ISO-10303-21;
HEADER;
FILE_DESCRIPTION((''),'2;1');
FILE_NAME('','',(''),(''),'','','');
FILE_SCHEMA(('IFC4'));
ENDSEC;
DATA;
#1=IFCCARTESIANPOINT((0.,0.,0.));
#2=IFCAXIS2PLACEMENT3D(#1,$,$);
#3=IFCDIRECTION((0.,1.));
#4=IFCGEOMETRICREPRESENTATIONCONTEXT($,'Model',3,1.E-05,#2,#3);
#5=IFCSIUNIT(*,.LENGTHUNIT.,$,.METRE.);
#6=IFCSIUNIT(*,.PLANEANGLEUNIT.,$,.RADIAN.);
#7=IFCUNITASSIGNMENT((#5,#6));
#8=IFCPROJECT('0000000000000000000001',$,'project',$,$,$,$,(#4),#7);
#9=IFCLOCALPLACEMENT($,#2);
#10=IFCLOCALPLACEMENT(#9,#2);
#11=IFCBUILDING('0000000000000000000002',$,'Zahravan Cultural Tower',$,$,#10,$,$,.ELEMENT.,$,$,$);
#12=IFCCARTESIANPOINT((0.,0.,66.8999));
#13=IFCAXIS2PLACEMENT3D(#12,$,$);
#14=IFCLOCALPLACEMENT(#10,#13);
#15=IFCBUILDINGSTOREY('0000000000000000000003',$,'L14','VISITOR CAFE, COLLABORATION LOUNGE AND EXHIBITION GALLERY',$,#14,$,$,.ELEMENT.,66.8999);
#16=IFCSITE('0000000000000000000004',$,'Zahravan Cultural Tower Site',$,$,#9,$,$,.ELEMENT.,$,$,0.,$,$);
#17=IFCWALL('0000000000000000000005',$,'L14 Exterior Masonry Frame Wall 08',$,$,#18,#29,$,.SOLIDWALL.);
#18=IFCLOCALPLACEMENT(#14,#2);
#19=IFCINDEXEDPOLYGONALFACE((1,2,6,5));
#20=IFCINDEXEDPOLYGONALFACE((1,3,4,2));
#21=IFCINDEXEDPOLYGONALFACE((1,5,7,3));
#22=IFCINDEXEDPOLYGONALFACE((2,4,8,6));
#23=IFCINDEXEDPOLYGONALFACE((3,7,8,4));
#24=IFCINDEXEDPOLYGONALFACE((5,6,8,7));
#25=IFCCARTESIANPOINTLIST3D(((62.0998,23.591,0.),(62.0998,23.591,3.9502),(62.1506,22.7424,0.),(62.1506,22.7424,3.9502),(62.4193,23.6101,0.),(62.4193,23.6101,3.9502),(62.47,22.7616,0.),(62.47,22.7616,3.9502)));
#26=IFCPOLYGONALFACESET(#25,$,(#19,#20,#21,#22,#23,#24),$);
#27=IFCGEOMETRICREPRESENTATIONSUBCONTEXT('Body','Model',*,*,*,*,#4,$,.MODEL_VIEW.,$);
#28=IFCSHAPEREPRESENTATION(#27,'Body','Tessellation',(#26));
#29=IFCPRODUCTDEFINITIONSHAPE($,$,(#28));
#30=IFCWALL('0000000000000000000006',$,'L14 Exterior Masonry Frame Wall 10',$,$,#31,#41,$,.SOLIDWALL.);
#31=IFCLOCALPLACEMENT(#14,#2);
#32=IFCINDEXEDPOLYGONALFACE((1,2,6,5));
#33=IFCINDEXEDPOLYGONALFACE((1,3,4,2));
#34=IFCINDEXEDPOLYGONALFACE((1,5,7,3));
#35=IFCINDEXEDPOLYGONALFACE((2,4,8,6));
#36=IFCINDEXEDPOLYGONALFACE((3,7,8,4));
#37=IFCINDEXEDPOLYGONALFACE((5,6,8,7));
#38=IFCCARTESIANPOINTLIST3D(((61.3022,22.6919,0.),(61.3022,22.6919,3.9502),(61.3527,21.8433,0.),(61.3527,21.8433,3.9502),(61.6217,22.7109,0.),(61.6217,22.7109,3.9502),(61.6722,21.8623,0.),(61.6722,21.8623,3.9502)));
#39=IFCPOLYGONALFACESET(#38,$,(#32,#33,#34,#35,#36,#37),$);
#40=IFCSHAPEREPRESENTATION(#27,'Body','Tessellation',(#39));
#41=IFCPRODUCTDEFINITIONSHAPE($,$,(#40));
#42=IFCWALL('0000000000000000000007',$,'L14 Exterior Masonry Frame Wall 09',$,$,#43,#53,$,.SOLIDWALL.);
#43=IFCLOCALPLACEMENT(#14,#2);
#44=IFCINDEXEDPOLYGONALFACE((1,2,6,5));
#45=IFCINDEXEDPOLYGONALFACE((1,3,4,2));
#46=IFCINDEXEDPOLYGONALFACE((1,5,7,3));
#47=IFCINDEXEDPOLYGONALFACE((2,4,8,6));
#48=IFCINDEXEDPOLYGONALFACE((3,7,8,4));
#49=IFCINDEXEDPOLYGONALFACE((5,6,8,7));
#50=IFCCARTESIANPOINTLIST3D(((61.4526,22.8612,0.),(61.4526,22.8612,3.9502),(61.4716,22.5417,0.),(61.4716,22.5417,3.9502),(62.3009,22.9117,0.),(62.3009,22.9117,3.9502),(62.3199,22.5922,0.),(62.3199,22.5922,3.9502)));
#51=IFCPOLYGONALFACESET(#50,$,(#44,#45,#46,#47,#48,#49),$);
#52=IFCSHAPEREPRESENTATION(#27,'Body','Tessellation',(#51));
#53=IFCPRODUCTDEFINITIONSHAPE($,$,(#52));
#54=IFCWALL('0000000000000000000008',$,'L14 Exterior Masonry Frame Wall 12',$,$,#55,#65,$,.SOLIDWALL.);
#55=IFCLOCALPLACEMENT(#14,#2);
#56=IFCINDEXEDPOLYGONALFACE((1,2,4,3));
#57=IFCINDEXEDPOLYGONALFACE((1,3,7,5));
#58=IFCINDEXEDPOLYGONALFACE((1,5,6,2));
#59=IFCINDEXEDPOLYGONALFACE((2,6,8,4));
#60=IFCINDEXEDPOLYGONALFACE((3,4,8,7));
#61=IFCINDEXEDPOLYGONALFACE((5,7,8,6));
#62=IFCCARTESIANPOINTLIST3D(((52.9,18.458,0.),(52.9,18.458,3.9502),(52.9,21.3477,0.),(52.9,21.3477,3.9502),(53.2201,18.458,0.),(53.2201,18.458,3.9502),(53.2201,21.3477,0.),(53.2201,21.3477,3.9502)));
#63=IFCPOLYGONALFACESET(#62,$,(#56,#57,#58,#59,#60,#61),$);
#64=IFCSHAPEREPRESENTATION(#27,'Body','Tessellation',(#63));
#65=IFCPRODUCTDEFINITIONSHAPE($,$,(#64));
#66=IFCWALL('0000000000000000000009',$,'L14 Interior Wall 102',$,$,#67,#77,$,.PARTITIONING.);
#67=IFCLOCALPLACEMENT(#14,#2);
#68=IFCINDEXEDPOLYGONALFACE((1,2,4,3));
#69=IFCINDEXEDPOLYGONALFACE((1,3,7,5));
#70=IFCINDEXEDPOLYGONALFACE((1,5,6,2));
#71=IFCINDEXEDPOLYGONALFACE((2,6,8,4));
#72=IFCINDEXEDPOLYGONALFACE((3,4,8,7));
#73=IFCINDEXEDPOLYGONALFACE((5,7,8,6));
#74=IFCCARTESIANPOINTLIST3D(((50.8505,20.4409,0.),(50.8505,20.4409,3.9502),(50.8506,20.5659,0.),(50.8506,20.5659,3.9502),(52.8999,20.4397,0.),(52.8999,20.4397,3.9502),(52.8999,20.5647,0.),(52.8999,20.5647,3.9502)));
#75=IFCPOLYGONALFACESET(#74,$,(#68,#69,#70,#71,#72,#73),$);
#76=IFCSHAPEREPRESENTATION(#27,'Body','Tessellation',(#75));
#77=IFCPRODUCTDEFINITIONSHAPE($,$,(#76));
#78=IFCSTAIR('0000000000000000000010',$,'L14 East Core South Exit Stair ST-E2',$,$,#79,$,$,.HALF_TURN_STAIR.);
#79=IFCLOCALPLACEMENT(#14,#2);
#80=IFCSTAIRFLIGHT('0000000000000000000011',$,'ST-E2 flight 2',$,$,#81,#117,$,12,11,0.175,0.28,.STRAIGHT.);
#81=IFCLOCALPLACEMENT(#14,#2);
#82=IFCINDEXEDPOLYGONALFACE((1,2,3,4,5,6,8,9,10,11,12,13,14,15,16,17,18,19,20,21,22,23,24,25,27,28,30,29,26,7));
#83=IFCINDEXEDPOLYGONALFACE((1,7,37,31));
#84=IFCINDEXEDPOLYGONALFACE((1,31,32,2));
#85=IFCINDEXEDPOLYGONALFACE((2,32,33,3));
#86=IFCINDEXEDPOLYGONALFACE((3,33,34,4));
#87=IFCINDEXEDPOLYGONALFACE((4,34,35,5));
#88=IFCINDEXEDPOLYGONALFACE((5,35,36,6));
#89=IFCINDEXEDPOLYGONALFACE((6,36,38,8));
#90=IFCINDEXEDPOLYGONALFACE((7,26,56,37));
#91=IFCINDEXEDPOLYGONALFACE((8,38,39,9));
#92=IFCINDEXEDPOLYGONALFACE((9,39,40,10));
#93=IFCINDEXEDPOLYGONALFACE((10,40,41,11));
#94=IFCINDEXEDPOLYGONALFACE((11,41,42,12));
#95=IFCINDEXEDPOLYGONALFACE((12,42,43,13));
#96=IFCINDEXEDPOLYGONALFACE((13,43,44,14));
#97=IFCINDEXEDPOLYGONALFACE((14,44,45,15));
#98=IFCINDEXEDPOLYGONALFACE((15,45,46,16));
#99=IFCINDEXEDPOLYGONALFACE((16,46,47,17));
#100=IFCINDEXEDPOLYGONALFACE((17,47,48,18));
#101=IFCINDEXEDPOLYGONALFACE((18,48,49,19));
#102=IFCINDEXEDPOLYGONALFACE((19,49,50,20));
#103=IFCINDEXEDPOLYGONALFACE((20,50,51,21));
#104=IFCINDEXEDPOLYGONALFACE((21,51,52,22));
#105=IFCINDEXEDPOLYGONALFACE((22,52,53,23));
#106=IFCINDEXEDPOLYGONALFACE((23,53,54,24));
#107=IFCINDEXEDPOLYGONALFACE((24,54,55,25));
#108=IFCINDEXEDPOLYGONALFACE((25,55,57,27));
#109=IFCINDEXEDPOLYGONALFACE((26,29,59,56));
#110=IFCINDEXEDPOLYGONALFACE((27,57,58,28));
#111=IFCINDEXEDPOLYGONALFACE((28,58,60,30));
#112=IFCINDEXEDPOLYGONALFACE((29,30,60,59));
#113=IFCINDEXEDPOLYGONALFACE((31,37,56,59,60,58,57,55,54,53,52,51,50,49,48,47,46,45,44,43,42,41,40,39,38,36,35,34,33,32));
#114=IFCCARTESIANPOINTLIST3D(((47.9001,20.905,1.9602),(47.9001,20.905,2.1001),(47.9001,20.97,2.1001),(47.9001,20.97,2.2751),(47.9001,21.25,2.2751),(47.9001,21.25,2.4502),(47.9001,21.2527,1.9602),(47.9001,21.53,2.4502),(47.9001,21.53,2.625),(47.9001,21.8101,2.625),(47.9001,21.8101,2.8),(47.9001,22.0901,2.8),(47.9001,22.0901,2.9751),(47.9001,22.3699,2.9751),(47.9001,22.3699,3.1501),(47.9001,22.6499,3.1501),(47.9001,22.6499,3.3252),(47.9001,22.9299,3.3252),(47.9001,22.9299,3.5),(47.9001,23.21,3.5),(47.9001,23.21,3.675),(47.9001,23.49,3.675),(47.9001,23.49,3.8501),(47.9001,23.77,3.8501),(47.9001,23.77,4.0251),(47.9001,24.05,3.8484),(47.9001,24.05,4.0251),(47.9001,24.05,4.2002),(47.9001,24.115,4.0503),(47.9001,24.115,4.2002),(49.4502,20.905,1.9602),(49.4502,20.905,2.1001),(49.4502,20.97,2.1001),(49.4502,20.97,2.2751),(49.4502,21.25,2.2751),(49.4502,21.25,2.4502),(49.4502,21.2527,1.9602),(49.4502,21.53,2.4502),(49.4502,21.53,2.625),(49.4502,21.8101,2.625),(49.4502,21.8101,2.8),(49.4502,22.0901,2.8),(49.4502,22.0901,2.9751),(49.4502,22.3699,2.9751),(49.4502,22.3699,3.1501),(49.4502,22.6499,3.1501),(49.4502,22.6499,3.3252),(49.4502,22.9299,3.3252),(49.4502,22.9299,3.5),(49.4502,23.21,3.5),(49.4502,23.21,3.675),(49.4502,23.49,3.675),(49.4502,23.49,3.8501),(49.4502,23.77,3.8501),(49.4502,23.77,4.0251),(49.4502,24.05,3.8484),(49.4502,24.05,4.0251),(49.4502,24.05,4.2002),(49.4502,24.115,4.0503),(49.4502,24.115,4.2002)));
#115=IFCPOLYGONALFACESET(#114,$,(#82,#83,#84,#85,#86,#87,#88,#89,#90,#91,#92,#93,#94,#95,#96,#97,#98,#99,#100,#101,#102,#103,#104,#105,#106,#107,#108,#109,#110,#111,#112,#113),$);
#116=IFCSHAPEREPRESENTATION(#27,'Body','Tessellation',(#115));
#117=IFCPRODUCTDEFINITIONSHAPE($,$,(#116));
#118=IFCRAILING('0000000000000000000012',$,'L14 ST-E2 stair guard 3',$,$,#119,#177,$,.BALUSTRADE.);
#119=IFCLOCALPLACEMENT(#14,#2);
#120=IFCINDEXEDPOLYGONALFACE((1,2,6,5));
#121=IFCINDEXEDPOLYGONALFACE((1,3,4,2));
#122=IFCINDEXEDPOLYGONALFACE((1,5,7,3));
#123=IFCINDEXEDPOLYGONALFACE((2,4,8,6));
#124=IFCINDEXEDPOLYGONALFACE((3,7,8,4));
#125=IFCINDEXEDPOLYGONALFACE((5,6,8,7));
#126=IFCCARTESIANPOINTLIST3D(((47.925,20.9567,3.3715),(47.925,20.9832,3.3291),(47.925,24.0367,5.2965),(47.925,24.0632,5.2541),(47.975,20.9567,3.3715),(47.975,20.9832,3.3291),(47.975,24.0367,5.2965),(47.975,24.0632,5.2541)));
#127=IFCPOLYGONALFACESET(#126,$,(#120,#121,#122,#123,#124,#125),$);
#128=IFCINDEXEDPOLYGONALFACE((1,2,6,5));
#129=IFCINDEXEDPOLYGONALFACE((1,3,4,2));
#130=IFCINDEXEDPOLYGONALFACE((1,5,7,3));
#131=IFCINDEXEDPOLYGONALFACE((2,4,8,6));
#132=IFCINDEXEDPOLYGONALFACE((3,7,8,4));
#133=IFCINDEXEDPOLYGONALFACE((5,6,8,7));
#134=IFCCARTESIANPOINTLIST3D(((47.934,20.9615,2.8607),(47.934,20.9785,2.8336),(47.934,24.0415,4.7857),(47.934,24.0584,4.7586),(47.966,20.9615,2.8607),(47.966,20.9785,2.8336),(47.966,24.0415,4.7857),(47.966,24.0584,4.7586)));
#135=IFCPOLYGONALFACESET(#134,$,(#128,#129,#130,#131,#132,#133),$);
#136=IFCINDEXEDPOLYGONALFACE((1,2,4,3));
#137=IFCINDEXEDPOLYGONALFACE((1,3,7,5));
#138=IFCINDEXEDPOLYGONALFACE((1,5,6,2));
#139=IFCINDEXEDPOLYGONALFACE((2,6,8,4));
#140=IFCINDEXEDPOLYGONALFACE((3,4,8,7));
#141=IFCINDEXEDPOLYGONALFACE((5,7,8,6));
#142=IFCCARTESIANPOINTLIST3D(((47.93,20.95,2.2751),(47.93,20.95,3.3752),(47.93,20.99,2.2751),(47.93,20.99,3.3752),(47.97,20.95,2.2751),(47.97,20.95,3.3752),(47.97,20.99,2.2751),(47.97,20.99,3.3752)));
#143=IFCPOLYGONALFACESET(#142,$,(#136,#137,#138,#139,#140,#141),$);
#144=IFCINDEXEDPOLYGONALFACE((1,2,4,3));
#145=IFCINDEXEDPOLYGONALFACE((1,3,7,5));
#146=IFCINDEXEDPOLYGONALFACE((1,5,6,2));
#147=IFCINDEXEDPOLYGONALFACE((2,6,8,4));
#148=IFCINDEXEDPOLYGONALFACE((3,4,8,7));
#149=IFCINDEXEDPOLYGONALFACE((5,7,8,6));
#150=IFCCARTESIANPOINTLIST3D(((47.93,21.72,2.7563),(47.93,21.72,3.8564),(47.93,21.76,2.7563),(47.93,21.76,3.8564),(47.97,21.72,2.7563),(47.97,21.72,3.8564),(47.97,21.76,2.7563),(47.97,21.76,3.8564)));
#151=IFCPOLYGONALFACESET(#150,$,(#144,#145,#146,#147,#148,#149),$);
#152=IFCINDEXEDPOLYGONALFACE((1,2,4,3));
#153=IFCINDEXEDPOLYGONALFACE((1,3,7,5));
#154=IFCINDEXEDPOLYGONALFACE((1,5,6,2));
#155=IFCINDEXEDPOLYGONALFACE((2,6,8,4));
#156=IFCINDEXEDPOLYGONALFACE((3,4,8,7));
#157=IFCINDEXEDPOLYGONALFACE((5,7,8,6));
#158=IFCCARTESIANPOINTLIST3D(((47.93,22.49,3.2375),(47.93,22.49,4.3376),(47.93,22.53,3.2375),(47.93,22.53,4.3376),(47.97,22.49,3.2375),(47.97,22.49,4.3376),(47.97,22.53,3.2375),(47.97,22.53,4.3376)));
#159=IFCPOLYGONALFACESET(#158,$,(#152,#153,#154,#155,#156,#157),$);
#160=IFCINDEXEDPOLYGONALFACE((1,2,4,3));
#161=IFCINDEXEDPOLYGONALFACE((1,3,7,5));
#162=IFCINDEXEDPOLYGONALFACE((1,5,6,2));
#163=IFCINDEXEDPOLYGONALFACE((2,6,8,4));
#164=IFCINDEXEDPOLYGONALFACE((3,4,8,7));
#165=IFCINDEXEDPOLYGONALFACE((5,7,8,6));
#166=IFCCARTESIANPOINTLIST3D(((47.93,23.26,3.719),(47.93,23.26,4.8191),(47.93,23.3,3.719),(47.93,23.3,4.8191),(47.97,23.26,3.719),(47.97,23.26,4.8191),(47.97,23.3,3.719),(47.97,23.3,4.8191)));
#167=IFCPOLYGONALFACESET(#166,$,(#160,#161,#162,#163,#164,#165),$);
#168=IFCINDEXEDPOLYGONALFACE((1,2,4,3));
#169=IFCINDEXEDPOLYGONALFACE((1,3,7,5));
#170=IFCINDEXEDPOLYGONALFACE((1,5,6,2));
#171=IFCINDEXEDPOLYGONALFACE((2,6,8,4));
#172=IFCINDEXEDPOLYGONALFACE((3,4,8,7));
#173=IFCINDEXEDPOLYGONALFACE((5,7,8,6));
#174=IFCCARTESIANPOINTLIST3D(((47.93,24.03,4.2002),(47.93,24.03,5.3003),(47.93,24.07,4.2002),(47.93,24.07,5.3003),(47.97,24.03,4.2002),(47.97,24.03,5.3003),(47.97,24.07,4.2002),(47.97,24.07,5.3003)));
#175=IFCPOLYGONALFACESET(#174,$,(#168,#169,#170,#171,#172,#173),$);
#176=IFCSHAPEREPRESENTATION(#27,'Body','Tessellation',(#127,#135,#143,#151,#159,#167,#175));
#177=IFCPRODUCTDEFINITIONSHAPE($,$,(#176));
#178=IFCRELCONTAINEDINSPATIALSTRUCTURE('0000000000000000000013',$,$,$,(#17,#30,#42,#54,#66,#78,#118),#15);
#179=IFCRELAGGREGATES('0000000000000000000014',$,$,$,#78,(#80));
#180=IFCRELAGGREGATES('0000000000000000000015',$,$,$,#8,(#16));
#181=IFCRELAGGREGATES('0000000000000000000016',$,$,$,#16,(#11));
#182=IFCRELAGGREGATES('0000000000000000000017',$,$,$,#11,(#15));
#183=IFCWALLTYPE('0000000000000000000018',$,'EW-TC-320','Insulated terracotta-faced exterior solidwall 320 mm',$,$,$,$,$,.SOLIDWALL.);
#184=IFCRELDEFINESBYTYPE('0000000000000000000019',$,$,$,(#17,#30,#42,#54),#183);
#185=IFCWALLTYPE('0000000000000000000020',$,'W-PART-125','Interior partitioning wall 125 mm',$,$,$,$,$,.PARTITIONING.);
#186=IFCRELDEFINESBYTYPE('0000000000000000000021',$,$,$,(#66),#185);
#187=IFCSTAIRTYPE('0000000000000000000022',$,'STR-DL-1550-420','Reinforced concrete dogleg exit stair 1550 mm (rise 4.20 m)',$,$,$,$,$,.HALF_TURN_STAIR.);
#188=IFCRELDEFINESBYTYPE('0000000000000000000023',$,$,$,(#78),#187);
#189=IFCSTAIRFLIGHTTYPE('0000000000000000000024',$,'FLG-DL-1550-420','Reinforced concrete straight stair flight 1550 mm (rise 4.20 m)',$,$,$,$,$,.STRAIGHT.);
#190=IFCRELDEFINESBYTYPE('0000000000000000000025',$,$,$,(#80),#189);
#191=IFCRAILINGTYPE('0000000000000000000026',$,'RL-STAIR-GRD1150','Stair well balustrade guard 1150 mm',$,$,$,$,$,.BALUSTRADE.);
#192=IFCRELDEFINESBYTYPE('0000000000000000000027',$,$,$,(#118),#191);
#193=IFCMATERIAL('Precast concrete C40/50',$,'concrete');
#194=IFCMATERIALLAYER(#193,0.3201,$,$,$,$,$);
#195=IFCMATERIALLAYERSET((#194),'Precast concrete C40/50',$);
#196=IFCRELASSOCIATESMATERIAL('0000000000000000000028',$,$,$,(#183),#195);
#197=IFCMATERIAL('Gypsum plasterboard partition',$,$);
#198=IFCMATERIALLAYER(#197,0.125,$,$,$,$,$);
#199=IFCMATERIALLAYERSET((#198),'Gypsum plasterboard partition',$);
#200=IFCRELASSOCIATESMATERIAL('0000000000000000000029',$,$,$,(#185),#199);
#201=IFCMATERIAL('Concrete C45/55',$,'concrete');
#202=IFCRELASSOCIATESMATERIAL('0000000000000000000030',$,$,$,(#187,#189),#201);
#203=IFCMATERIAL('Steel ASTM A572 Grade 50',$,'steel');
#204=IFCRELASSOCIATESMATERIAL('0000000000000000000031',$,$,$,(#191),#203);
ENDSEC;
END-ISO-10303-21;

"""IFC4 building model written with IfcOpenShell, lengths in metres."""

from ifc_helpers import new_model, si_unit, direction, frame, frame_2d, origin, origin_2d, place, context, subcontext, project, spatial, polyline, rectangle, outline, extrude, source, transform, mapped, material, layer, layer_set, type_object, element, aggregate, save


model = new_model("IFC4")

# Units and contexts
model_context = context("Model", 3, precision=1e-05, world=origin(), true_north=direction((0.0, 1.0)))
body_context = subcontext(model_context, "Body", "Model", "MODEL_VIEW")
ifc_project = project(units=[si_unit("LENGTHUNIT", "METRE"), si_unit("PLANEANGLEUNIT", "RADIAN")], contexts=[model_context])

# Site, building, storey
site_placement = place(None, origin())
site = spatial("IfcSite", under=ifc_project, at=site_placement, Name="Zahravan Cultural Tower Site", CompositionType="ELEMENT", RefElevation=0.0)
building_placement = place(site_placement, origin())
building = spatial("IfcBuilding", under=site, at=building_placement, Name="Zahravan Cultural Tower", CompositionType="ELEMENT")
storey_placement = place(building_placement, frame((0.0, 0.0, 66.8999)))
storey = spatial("IfcBuildingStorey", under=building, at=storey_placement, Name="L14", Description="VISITOR CAFE, COLLABORATION LOUNGE AND EXHIBITION GALLERY", CompositionType="ELEMENT", Elevation=66.8999)

# Shared definitions
ifc_material_1 = material(Name="Steel ASTM A572 Grade 50", Category="steel")

# Shared definitions
ifc_material_2 = material(Name="Precast concrete C40/50", Category="concrete")
ifc_layer_1 = layer(ifc_material_2, 0.3201)
ifc_layer_set_1 = layer_set([ifc_layer_1], Name="Precast concrete C40/50")
wall_type_1 = type_object("IfcWallType", Name="EW-TC-320", Description="Insulated terracotta-faced exterior solidwall 320 mm", PredefinedType="SOLIDWALL", material=ifc_layer_set_1)

# Shared definitions
ifc_material_3 = material(Name="Gypsum plasterboard partition")
ifc_layer_2 = layer(ifc_material_3, 0.125)
ifc_layer_set_2 = layer_set([ifc_layer_2], Name="Gypsum plasterboard partition")
wall_type_2 = type_object("IfcWallType", Name="W-PART-125", Description="Interior partitioning wall 125 mm", PredefinedType="PARTITIONING", material=ifc_layer_set_2)

# Walls
shared_shape_1 = source(origin(), body_context, "Body", "SweptSolid", [
    extrude(rectangle(XDim=0.8501, YDim=0.3201, at=frame_2d((0.425, 0.0))), origin(), (0.0, 0.0, 1.0), 3.9502),
])
for number, where, z_axis, x_axis, name in (
    (1, (62.2595, 23.6006, 0.0), (0.0, 0.0, 1.0), (0.059732, -0.998214, 0.0), "L14 Exterior Masonry Frame Wall 08"),
    (2, (61.4619, 22.7014, 0.0), (0.0, 0.0, 1.0), (0.059446, -0.998232, 0.0), "L14 Exterior Masonry Frame Wall 10"),
):
    element("IfcWall", number, at=place(storey_placement, frame(where, z_axis=z_axis, x_axis=x_axis)), inside=storey, type_object=wall_type_1, Name=name, PredefinedType="SOLIDWALL", context=body_context, shape_type="MappedRepresentation", body=[
        mapped(shared_shape_1, transform((0.0, 0.0, 0.0), x_axis=(1.0, 0.0, 0.0), y_axis=(0.0, 1.0, 0.0), z_axis=(0.0, 0.0, 1.0), scale=1.0)),
    ])
shared_shape_2 = source(origin(), body_context, "Body", "SweptSolid", [
    extrude(rectangle(XDim=0.8499, YDim=0.3201, at=frame_2d((0.4248, 0.0))), origin(), (0.0, 0.0, 1.0), 3.9502),
])
wall_1_placement = place(storey_placement, frame((62.3103, 22.752, 0.0), z_axis=(0.0, 0.0, 1.0), x_axis=(-0.998231, -0.059463, 0.0)))
element("IfcWall", 3, at=wall_1_placement, inside=storey, type_object=wall_type_1, Name="L14 Exterior Masonry Frame Wall 09", PredefinedType="SOLIDWALL", context=body_context, shape_type="MappedRepresentation", body=[
    mapped(shared_shape_2, transform((0.0, 0.0, 0.0), x_axis=(1.0, 0.0, 0.0), y_axis=(0.0, 1.0, 0.0), z_axis=(0.0, 0.0, 1.0), scale=1.0)),
])
shared_shape_3 = source(origin(), body_context, "Body", "SweptSolid", [
    extrude(rectangle(XDim=2.8896, YDim=0.3201, at=frame_2d((1.4448, 0.0))), origin(), (0.0, 0.0, 1.0), 3.9502),
])
wall_2_placement = place(storey_placement, frame((53.0601, 21.3477, 0.0), z_axis=(0.0, 0.0, 1.0), x_axis=(0.0, -1.0, 0.0)))
element("IfcWall", 4, at=wall_2_placement, inside=storey, type_object=wall_type_1, Name="L14 Exterior Masonry Frame Wall 12", PredefinedType="SOLIDWALL", context=body_context, shape_type="MappedRepresentation", body=[
    mapped(shared_shape_3, transform((0.0, 0.0, 0.0), x_axis=(1.0, 0.0, 0.0), y_axis=(0.0, 1.0, 0.0), z_axis=(0.0, 0.0, 1.0), scale=1.0)),
])
shared_shape_4 = source(origin(), body_context, "Body", "SweptSolid", [
    extrude(rectangle(XDim=2.0493, YDim=0.125, at=frame_2d((1.0247, 0.0))), origin(), (0.0, 0.0, 1.0), 3.9502),
])
wall_3_placement = place(storey_placement, frame((50.8506, 20.5034, 0.0), z_axis=(0.0, 0.0, 1.0), x_axis=(1.0, -0.000596, 0.0)))
element("IfcWall", 5, at=wall_3_placement, inside=storey, type_object=wall_type_2, Name="L14 Interior Wall 102", PredefinedType="PARTITIONING", context=body_context, shape_type="MappedRepresentation", body=[
    mapped(shared_shape_4, transform((0.0, 0.0, 0.0), x_axis=(1.0, 0.0, 0.0), y_axis=(0.0, 1.0, 0.0), z_axis=(0.0, 0.0, 1.0), scale=1.0)),
])

# Stair, stair flight
ifc_material_4 = material(Name="Concrete C45/55", Category="concrete")
stair_type = type_object("IfcStairType", Name="STR-DL-1550-420", Description="Reinforced concrete dogleg exit stair 1550 mm (rise 4.20 m)", PredefinedType="HALF_TURN_STAIR", material=ifc_material_4)
stair_placement = place(storey_placement, origin())
stair = element("IfcStair", 6, at=stair_placement, inside=storey, type_object=stair_type, Name="L14 East Core South Exit Stair ST-E2", PredefinedType="HALF_TURN_STAIR")
stair_flight_type = type_object("IfcStairFlightType", Name="FLG-DL-1550-420", Description="Reinforced concrete straight stair flight 1550 mm (rise 4.20 m)", PredefinedType="STRAIGHT", material=ifc_material_4)
stair_flight_placement = place(storey_placement, frame((48.675, 20.97, 2.1001), z_axis=(0.0, 0.0, 1.0), x_axis=(0.0, 1.0, 0.0)))
stair_flight = element("IfcStairFlight", 7, at=stair_flight_placement, type_object=stair_flight_type, Name="ST-E2 flight 2", NumberOfRisers=12, NumberOfTreads=11, PredefinedType="STRAIGHT", RiserHeight=0.175, TreadLength=0.28, context=body_context, shape_type="SweptSolid", body=[
    extrude(outline(polyline([(-0.0649, -0.1399), (-0.0649, 0.0), (0.0, 0.0), (0.0, 0.175), (0.28, 0.175), (0.28, 0.3501), (0.5601, 0.3501), (0.5601, 0.5249), (0.8401, 0.5249), (0.8401, 0.7), (1.1201, 0.7), (1.1201, 0.875), (1.3999, 0.875), (1.3999, 1.05), (1.6799, 1.05), (1.6799, 1.2251), (1.96, 1.2251), (1.96, 1.3999), (2.24, 1.3999), (2.24, 1.575), (2.52, 1.575), (2.52, 1.75), (2.8, 1.75), (2.8, 1.925), (3.0801, 1.925), (3.0801, 2.1001), (3.145, 2.1001), (3.145, 1.9502), (3.0801, 1.7483), (0.2827, -0.1399), (-0.0649, -0.1399)])), frame((0.0, 0.7749, 0.0), z_axis=(0.0, -1.0, 0.0), x_axis=(1.0, 0.0, 0.0)), (0.0, 0.0, 1.0), 1.55),
])
aggregate(stair, [stair_flight])

# Railing
railing_type_1 = type_object("IfcRailingType", Name="RL-STAIR-GRD1150", Description="Stair well balustrade guard 1150 mm", PredefinedType="BALUSTRADE", material=ifc_material_1)
railing_1_placement = place(storey_placement, frame((47.95, 20.97, 2.2751)))
element("IfcRailing", 8, at=railing_1_placement, inside=storey, type_object=railing_type_1, Name="L14 ST-E2 stair guard 3", PredefinedType="BALUSTRADE", context=body_context, shape_type="SweptSolid", body=[
    extrude(rectangle(XDim=0.05, YDim=0.05, at=origin_2d()), frame((0.0, 0.0, 1.0752), z_axis=(0.0, 0.847998, 0.529999), x_axis=(-1.0, 0.0, 0.0)), (0.0, 0.0, 1.0), 3.6321),
    extrude(rectangle(XDim=0.032, YDim=0.032, at=origin_2d()), frame((0.0, 0.0, 0.572), z_axis=(0.0, 0.847998, 0.529999), x_axis=(-1.0, 0.0, 0.0)), (0.0, 0.0, 1.0), 3.6321),
    extrude(rectangle(XDim=0.04, YDim=0.04, at=origin_2d()), origin(), (0.0, 0.0, 1.0), 1.1001),
    extrude(rectangle(XDim=0.04, YDim=0.04, at=origin_2d()), frame((0.0, 0.77, 0.4812)), (0.0, 0.0, 1.0), 1.1001),
    extrude(rectangle(XDim=0.04, YDim=0.04, at=origin_2d()), frame((0.0, 1.54, 0.9624)), (0.0, 0.0, 1.0), 1.1001),
    extrude(rectangle(XDim=0.04, YDim=0.04, at=origin_2d()), frame((0.0, 2.3101, 1.4438)), (0.0, 0.0, 1.0), 1.1001),
    extrude(rectangle(XDim=0.04, YDim=0.04, at=origin_2d()), frame((0.0, 3.0801, 1.925)), (0.0, 0.0, 1.0), 1.1001),
])

save(model, "model.ifc")
